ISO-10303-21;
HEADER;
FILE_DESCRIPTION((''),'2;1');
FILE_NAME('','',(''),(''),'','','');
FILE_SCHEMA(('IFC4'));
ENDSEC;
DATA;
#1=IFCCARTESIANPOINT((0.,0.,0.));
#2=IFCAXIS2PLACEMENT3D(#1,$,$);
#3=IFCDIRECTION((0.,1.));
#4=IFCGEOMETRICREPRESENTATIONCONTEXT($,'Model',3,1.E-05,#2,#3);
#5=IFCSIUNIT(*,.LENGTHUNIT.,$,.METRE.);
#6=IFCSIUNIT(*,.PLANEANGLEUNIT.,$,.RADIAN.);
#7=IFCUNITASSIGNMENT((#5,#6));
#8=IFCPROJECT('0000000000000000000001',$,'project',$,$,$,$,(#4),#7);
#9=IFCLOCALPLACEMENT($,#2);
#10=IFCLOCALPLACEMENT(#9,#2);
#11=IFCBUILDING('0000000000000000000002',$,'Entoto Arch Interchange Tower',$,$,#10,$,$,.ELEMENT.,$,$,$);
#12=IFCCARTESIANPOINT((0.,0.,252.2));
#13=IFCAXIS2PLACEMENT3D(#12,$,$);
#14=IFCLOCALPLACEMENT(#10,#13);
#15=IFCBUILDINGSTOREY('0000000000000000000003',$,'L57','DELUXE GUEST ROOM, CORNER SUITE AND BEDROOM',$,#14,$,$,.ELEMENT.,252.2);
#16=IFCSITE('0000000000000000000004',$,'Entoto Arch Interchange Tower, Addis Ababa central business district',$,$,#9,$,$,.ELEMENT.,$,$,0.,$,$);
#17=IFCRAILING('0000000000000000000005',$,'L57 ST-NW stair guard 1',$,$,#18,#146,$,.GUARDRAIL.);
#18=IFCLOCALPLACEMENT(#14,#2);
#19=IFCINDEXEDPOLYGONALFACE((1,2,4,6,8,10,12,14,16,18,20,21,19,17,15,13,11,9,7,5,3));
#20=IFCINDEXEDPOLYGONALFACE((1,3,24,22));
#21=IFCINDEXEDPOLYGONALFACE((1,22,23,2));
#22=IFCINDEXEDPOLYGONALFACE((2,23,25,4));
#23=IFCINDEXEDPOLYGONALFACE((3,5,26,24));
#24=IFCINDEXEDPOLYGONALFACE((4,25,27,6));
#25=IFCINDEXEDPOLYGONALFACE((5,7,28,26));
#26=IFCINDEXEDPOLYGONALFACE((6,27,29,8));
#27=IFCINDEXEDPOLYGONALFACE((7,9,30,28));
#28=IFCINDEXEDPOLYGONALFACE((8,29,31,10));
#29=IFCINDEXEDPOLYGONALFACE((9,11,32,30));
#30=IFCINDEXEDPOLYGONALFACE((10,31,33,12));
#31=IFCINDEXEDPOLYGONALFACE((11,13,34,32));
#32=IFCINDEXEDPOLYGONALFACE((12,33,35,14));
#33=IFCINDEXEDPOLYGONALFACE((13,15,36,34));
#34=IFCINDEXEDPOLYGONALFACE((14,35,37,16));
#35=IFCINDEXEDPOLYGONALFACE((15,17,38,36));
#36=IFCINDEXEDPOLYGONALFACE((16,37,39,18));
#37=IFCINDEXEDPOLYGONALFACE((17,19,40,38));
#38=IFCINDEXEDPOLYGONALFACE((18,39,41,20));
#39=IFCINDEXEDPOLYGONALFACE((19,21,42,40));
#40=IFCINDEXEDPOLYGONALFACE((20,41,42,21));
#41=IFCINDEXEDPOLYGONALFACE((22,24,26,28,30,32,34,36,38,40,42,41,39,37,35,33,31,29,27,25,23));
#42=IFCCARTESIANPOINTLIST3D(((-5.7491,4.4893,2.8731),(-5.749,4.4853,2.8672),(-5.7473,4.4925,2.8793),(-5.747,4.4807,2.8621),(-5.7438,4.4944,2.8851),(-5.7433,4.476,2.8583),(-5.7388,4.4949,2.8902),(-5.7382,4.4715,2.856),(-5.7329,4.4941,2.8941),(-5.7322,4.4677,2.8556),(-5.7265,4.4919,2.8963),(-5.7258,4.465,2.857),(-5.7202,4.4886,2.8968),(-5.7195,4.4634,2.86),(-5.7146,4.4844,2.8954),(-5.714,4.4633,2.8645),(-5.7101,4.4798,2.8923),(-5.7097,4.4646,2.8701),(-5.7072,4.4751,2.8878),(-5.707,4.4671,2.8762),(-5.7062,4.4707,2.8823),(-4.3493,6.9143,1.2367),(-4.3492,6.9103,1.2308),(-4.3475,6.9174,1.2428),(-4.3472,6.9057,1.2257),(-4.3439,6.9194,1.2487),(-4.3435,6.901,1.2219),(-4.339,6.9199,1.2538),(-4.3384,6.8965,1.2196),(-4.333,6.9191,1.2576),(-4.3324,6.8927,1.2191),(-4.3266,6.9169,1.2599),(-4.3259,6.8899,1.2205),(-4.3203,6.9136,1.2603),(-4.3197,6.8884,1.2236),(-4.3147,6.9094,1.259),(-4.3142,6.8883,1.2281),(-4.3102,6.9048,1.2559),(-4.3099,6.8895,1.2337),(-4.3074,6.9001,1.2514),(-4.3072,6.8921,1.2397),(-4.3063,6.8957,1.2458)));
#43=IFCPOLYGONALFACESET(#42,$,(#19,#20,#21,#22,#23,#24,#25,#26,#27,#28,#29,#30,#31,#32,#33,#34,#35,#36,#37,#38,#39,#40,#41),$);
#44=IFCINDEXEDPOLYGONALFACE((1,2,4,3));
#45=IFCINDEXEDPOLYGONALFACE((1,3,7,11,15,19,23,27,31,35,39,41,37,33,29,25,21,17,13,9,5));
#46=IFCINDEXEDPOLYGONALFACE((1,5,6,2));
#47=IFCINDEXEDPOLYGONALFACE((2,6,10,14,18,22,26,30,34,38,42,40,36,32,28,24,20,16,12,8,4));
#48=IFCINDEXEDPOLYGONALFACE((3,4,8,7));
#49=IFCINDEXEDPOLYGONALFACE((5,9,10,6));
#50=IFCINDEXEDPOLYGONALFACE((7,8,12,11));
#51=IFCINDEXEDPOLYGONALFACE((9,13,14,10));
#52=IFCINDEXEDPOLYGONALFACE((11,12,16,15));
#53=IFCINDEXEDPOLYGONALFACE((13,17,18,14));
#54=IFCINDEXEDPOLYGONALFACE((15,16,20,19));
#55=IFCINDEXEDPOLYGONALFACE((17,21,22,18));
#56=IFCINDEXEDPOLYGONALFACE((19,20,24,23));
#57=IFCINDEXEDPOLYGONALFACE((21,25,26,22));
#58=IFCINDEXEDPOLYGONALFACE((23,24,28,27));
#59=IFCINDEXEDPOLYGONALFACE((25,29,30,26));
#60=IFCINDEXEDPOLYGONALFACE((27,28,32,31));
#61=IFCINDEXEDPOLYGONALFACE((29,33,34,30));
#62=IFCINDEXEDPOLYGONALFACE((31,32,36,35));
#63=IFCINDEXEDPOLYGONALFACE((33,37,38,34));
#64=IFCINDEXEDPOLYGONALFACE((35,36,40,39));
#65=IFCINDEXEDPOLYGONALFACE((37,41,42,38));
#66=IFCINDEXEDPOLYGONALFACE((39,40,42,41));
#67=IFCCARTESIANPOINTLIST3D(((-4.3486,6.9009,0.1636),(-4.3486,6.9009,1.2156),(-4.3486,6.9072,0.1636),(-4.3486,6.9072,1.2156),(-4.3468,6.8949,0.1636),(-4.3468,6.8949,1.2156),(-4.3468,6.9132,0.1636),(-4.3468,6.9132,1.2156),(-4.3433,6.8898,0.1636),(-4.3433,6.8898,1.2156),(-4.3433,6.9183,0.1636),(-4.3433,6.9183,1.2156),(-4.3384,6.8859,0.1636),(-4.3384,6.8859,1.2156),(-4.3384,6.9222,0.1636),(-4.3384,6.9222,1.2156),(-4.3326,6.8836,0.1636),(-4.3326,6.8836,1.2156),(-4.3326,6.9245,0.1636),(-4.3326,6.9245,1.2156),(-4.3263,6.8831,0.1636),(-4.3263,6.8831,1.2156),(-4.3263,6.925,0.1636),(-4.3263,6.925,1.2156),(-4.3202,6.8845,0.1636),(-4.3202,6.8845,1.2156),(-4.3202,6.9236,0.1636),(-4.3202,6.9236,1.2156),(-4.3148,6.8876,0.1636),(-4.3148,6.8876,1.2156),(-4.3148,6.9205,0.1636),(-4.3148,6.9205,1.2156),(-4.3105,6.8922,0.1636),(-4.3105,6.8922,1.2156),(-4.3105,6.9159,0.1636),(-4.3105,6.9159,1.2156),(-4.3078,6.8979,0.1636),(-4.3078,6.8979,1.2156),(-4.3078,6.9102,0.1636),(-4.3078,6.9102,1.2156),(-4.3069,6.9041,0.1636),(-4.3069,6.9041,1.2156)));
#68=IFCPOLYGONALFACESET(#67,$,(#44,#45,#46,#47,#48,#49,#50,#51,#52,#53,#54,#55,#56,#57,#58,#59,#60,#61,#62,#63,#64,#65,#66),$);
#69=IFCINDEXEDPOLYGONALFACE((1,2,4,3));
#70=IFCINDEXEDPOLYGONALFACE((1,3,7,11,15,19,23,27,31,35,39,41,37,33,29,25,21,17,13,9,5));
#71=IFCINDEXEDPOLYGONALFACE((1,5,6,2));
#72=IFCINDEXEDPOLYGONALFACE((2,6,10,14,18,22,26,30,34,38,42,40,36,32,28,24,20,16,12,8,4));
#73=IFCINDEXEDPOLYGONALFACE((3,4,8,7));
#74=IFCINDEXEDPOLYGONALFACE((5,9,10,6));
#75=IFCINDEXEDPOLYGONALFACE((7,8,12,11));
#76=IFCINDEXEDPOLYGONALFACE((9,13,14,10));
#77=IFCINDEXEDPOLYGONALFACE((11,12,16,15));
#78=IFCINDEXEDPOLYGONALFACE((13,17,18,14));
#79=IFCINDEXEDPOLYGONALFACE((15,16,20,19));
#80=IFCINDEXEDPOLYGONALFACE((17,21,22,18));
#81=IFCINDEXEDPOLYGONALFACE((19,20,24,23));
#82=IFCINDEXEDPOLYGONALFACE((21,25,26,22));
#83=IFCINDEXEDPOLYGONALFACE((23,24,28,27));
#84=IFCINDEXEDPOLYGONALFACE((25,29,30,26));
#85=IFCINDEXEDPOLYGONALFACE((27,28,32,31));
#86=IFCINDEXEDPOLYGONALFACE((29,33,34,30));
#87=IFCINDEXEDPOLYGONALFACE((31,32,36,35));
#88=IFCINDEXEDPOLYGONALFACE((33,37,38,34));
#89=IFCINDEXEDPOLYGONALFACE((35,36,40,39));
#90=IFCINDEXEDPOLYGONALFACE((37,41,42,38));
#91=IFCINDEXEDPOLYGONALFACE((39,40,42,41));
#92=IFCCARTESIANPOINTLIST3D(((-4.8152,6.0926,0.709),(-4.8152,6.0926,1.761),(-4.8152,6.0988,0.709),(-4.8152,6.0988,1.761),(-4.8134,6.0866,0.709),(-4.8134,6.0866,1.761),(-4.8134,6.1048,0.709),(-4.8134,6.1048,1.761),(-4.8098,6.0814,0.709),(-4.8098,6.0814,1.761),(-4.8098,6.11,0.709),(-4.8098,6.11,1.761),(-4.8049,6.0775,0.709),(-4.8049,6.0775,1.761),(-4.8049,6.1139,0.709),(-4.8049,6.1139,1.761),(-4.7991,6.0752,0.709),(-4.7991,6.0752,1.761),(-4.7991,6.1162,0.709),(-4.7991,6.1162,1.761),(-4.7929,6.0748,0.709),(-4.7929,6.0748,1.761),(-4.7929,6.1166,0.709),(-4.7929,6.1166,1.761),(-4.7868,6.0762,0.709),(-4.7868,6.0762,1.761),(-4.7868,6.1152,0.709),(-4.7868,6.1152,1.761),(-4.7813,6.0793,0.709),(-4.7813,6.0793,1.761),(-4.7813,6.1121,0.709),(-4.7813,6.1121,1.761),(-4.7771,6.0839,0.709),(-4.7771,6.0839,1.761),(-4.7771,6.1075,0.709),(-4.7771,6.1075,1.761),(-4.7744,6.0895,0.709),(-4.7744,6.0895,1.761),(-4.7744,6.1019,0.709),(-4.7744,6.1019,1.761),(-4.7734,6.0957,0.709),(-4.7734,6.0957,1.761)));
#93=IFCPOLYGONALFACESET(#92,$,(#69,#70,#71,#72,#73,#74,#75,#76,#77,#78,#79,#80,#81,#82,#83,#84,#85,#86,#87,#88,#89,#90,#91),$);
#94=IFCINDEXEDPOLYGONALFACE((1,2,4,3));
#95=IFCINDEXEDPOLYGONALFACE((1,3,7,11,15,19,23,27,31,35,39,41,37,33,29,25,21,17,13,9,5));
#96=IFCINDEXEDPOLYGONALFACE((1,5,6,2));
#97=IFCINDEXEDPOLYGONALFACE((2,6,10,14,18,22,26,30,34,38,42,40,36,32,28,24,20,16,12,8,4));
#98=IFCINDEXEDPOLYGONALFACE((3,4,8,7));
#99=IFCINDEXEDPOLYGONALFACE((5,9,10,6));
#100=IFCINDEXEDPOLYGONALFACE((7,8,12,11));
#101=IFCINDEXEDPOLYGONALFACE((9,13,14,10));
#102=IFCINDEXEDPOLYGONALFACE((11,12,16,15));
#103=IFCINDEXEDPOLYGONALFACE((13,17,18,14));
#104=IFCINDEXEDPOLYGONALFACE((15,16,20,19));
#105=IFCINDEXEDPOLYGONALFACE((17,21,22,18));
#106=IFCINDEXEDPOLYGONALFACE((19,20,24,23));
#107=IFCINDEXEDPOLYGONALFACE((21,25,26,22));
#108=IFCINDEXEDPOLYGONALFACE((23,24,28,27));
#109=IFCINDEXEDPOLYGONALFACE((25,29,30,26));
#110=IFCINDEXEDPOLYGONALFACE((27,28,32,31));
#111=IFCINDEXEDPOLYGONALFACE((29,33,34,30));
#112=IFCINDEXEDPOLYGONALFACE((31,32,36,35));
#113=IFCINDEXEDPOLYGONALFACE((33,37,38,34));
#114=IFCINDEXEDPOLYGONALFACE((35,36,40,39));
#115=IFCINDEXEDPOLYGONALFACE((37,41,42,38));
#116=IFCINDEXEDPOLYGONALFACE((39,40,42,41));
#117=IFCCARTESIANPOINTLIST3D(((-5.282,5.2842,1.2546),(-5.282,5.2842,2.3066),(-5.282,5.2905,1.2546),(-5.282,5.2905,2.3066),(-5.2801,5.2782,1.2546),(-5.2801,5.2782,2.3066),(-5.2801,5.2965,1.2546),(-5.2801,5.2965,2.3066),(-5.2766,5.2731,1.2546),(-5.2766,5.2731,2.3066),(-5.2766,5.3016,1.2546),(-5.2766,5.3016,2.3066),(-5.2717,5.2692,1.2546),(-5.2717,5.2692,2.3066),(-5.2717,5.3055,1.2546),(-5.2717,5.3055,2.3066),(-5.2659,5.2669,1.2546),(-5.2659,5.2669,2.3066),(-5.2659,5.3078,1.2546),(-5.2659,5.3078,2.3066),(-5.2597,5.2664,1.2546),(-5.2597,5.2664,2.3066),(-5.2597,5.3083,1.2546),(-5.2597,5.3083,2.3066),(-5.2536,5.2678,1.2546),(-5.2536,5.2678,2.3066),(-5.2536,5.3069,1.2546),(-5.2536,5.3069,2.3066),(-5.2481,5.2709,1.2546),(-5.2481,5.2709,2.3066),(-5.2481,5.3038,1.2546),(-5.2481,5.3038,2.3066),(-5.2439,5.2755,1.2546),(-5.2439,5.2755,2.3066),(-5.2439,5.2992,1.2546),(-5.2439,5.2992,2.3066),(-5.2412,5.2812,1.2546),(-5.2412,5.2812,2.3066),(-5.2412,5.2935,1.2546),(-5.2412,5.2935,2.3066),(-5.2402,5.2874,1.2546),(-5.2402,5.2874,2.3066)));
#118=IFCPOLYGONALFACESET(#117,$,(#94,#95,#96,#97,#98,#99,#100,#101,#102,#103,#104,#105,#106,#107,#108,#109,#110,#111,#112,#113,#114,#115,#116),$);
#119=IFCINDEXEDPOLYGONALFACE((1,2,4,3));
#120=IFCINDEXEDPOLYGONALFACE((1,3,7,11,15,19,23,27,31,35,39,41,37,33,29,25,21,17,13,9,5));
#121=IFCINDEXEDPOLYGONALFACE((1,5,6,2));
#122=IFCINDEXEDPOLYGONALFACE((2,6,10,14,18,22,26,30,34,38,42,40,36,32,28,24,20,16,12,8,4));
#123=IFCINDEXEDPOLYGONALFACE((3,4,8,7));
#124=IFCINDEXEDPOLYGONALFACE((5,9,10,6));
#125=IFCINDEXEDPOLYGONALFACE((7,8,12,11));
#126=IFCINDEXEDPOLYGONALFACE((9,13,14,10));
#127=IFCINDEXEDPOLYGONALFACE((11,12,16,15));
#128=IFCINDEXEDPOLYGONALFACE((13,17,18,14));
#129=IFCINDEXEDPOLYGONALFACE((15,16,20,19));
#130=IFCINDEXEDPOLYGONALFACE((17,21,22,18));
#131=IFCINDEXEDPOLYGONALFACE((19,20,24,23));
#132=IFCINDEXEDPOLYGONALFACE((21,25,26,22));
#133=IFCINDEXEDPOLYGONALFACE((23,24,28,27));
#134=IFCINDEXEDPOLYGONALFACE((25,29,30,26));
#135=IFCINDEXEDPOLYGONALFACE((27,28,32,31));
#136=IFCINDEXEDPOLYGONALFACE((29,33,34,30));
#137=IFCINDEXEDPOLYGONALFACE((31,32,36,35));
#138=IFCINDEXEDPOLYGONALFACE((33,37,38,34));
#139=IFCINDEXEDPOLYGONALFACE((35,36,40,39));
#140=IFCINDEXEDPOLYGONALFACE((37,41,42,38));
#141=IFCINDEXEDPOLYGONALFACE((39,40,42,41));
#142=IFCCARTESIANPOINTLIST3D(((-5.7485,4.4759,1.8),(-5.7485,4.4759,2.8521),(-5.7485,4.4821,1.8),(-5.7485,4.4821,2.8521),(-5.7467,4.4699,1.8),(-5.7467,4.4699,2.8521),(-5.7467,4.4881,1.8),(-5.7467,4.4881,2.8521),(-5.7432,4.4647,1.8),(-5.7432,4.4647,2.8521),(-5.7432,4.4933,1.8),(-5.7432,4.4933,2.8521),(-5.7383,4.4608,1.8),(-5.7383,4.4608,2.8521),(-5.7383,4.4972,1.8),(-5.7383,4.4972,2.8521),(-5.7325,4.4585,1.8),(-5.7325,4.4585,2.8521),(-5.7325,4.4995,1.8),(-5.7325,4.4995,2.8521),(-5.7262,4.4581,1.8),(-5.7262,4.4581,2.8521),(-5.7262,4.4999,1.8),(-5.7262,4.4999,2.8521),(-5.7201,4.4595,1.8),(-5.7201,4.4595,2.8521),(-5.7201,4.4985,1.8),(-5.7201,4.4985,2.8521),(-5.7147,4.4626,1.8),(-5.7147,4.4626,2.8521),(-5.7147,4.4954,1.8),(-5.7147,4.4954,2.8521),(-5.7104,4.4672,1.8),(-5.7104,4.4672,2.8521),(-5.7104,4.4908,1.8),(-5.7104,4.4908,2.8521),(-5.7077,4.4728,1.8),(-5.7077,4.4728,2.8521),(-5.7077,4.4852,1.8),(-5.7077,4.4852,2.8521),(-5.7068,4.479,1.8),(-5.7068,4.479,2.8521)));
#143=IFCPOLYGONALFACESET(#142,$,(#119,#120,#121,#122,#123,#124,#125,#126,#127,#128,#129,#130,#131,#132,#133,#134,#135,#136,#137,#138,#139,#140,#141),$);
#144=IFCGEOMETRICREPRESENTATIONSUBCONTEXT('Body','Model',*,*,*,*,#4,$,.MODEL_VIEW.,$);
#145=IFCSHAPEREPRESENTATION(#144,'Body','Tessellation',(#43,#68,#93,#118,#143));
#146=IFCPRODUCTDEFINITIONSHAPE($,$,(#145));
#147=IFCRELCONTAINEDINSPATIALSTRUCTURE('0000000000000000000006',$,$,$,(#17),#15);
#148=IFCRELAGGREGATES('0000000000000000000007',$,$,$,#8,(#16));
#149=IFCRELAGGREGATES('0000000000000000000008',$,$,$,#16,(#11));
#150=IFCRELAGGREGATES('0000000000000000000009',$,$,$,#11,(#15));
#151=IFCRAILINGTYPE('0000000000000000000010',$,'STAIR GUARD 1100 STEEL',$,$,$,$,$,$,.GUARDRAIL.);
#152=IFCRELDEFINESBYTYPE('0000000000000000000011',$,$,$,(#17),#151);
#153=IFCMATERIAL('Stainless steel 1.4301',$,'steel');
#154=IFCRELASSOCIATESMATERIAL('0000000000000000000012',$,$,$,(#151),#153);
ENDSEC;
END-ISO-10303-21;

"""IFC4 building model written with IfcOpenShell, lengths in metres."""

from ifc_helpers import new_model, si_unit, direction, frame, origin, origin_2d, place, context, subcontext, project, spatial, circle, extrude, material, type_object, element, save


model = new_model("IFC4")

# Units and contexts
model_context = context("Model", 3, precision=1e-05, world=origin(), true_north=direction((0.0, 1.0)))
body_context = subcontext(model_context, "Body", "Model", "MODEL_VIEW")
ifc_project = project(units=[si_unit("LENGTHUNIT", "METRE"), si_unit("PLANEANGLEUNIT", "RADIAN")], contexts=[model_context])

# Site, building, storey
site_placement = place(None, origin())
site = spatial("IfcSite", under=ifc_project, at=site_placement, Name="Entoto Arch Interchange Tower, Addis Ababa central business district", CompositionType="ELEMENT", RefElevation=0.0)
building_placement = place(site_placement, origin())
building = spatial("IfcBuilding", under=site, at=building_placement, Name="Entoto Arch Interchange Tower", CompositionType="ELEMENT")
storey_placement = place(building_placement, frame((0.0, 0.0, 252.2)))
storey = spatial("IfcBuildingStorey", under=building, at=storey_placement, Name="L57", Description="DELUXE GUEST ROOM, CORNER SUITE AND BEDROOM", CompositionType="ELEMENT", Elevation=252.2)

# Railing
ifc_material_1 = material(Name="Stainless steel 1.4301", Category="steel")
railing_type_1 = type_object("IfcRailingType", Name="STAIR GUARD 1100 STEEL", PredefinedType="GUARDRAIL", material=ifc_material_1)
railing_1_placement = place(storey_placement, frame((-4.3279, 6.9041, 0.1636)))
element("IfcRailing", 1, at=railing_1_placement, inside=storey, type_object=railing_type_1, Name="L57 ST-NW stair guard 1", PredefinedType="GUARDRAIL", context=body_context, shape_type="SweptSolid", body=[
    extrude(circle(Radius=0.0239, at=origin_2d()), frame((0.0, 0.0, 1.0762), z_axis=(-0.431636, -0.747723, 0.504579), x_axis=(0.866056, -0.499946, 0.0)), (0.0, 0.0, 1.0), 3.2432),
    extrude(circle(Radius=0.021, at=origin_2d()), origin(), (0.0, 0.0, 1.0), 1.052),
    extrude(circle(Radius=0.021, at=origin_2d()), frame((-0.4666, -0.8083, 0.5454)), (0.0, 0.0, 1.0), 1.052),
    extrude(circle(Radius=0.021, at=origin_2d()), frame((-0.9333, -1.6167, 1.0911)), (0.0, 0.0, 1.0), 1.052),
    extrude(circle(Radius=0.021, at=origin_2d()), frame((-1.3999, -2.425, 1.6365)), (0.0, 0.0, 1.0), 1.052),
])

save(model, "model.ifc")
